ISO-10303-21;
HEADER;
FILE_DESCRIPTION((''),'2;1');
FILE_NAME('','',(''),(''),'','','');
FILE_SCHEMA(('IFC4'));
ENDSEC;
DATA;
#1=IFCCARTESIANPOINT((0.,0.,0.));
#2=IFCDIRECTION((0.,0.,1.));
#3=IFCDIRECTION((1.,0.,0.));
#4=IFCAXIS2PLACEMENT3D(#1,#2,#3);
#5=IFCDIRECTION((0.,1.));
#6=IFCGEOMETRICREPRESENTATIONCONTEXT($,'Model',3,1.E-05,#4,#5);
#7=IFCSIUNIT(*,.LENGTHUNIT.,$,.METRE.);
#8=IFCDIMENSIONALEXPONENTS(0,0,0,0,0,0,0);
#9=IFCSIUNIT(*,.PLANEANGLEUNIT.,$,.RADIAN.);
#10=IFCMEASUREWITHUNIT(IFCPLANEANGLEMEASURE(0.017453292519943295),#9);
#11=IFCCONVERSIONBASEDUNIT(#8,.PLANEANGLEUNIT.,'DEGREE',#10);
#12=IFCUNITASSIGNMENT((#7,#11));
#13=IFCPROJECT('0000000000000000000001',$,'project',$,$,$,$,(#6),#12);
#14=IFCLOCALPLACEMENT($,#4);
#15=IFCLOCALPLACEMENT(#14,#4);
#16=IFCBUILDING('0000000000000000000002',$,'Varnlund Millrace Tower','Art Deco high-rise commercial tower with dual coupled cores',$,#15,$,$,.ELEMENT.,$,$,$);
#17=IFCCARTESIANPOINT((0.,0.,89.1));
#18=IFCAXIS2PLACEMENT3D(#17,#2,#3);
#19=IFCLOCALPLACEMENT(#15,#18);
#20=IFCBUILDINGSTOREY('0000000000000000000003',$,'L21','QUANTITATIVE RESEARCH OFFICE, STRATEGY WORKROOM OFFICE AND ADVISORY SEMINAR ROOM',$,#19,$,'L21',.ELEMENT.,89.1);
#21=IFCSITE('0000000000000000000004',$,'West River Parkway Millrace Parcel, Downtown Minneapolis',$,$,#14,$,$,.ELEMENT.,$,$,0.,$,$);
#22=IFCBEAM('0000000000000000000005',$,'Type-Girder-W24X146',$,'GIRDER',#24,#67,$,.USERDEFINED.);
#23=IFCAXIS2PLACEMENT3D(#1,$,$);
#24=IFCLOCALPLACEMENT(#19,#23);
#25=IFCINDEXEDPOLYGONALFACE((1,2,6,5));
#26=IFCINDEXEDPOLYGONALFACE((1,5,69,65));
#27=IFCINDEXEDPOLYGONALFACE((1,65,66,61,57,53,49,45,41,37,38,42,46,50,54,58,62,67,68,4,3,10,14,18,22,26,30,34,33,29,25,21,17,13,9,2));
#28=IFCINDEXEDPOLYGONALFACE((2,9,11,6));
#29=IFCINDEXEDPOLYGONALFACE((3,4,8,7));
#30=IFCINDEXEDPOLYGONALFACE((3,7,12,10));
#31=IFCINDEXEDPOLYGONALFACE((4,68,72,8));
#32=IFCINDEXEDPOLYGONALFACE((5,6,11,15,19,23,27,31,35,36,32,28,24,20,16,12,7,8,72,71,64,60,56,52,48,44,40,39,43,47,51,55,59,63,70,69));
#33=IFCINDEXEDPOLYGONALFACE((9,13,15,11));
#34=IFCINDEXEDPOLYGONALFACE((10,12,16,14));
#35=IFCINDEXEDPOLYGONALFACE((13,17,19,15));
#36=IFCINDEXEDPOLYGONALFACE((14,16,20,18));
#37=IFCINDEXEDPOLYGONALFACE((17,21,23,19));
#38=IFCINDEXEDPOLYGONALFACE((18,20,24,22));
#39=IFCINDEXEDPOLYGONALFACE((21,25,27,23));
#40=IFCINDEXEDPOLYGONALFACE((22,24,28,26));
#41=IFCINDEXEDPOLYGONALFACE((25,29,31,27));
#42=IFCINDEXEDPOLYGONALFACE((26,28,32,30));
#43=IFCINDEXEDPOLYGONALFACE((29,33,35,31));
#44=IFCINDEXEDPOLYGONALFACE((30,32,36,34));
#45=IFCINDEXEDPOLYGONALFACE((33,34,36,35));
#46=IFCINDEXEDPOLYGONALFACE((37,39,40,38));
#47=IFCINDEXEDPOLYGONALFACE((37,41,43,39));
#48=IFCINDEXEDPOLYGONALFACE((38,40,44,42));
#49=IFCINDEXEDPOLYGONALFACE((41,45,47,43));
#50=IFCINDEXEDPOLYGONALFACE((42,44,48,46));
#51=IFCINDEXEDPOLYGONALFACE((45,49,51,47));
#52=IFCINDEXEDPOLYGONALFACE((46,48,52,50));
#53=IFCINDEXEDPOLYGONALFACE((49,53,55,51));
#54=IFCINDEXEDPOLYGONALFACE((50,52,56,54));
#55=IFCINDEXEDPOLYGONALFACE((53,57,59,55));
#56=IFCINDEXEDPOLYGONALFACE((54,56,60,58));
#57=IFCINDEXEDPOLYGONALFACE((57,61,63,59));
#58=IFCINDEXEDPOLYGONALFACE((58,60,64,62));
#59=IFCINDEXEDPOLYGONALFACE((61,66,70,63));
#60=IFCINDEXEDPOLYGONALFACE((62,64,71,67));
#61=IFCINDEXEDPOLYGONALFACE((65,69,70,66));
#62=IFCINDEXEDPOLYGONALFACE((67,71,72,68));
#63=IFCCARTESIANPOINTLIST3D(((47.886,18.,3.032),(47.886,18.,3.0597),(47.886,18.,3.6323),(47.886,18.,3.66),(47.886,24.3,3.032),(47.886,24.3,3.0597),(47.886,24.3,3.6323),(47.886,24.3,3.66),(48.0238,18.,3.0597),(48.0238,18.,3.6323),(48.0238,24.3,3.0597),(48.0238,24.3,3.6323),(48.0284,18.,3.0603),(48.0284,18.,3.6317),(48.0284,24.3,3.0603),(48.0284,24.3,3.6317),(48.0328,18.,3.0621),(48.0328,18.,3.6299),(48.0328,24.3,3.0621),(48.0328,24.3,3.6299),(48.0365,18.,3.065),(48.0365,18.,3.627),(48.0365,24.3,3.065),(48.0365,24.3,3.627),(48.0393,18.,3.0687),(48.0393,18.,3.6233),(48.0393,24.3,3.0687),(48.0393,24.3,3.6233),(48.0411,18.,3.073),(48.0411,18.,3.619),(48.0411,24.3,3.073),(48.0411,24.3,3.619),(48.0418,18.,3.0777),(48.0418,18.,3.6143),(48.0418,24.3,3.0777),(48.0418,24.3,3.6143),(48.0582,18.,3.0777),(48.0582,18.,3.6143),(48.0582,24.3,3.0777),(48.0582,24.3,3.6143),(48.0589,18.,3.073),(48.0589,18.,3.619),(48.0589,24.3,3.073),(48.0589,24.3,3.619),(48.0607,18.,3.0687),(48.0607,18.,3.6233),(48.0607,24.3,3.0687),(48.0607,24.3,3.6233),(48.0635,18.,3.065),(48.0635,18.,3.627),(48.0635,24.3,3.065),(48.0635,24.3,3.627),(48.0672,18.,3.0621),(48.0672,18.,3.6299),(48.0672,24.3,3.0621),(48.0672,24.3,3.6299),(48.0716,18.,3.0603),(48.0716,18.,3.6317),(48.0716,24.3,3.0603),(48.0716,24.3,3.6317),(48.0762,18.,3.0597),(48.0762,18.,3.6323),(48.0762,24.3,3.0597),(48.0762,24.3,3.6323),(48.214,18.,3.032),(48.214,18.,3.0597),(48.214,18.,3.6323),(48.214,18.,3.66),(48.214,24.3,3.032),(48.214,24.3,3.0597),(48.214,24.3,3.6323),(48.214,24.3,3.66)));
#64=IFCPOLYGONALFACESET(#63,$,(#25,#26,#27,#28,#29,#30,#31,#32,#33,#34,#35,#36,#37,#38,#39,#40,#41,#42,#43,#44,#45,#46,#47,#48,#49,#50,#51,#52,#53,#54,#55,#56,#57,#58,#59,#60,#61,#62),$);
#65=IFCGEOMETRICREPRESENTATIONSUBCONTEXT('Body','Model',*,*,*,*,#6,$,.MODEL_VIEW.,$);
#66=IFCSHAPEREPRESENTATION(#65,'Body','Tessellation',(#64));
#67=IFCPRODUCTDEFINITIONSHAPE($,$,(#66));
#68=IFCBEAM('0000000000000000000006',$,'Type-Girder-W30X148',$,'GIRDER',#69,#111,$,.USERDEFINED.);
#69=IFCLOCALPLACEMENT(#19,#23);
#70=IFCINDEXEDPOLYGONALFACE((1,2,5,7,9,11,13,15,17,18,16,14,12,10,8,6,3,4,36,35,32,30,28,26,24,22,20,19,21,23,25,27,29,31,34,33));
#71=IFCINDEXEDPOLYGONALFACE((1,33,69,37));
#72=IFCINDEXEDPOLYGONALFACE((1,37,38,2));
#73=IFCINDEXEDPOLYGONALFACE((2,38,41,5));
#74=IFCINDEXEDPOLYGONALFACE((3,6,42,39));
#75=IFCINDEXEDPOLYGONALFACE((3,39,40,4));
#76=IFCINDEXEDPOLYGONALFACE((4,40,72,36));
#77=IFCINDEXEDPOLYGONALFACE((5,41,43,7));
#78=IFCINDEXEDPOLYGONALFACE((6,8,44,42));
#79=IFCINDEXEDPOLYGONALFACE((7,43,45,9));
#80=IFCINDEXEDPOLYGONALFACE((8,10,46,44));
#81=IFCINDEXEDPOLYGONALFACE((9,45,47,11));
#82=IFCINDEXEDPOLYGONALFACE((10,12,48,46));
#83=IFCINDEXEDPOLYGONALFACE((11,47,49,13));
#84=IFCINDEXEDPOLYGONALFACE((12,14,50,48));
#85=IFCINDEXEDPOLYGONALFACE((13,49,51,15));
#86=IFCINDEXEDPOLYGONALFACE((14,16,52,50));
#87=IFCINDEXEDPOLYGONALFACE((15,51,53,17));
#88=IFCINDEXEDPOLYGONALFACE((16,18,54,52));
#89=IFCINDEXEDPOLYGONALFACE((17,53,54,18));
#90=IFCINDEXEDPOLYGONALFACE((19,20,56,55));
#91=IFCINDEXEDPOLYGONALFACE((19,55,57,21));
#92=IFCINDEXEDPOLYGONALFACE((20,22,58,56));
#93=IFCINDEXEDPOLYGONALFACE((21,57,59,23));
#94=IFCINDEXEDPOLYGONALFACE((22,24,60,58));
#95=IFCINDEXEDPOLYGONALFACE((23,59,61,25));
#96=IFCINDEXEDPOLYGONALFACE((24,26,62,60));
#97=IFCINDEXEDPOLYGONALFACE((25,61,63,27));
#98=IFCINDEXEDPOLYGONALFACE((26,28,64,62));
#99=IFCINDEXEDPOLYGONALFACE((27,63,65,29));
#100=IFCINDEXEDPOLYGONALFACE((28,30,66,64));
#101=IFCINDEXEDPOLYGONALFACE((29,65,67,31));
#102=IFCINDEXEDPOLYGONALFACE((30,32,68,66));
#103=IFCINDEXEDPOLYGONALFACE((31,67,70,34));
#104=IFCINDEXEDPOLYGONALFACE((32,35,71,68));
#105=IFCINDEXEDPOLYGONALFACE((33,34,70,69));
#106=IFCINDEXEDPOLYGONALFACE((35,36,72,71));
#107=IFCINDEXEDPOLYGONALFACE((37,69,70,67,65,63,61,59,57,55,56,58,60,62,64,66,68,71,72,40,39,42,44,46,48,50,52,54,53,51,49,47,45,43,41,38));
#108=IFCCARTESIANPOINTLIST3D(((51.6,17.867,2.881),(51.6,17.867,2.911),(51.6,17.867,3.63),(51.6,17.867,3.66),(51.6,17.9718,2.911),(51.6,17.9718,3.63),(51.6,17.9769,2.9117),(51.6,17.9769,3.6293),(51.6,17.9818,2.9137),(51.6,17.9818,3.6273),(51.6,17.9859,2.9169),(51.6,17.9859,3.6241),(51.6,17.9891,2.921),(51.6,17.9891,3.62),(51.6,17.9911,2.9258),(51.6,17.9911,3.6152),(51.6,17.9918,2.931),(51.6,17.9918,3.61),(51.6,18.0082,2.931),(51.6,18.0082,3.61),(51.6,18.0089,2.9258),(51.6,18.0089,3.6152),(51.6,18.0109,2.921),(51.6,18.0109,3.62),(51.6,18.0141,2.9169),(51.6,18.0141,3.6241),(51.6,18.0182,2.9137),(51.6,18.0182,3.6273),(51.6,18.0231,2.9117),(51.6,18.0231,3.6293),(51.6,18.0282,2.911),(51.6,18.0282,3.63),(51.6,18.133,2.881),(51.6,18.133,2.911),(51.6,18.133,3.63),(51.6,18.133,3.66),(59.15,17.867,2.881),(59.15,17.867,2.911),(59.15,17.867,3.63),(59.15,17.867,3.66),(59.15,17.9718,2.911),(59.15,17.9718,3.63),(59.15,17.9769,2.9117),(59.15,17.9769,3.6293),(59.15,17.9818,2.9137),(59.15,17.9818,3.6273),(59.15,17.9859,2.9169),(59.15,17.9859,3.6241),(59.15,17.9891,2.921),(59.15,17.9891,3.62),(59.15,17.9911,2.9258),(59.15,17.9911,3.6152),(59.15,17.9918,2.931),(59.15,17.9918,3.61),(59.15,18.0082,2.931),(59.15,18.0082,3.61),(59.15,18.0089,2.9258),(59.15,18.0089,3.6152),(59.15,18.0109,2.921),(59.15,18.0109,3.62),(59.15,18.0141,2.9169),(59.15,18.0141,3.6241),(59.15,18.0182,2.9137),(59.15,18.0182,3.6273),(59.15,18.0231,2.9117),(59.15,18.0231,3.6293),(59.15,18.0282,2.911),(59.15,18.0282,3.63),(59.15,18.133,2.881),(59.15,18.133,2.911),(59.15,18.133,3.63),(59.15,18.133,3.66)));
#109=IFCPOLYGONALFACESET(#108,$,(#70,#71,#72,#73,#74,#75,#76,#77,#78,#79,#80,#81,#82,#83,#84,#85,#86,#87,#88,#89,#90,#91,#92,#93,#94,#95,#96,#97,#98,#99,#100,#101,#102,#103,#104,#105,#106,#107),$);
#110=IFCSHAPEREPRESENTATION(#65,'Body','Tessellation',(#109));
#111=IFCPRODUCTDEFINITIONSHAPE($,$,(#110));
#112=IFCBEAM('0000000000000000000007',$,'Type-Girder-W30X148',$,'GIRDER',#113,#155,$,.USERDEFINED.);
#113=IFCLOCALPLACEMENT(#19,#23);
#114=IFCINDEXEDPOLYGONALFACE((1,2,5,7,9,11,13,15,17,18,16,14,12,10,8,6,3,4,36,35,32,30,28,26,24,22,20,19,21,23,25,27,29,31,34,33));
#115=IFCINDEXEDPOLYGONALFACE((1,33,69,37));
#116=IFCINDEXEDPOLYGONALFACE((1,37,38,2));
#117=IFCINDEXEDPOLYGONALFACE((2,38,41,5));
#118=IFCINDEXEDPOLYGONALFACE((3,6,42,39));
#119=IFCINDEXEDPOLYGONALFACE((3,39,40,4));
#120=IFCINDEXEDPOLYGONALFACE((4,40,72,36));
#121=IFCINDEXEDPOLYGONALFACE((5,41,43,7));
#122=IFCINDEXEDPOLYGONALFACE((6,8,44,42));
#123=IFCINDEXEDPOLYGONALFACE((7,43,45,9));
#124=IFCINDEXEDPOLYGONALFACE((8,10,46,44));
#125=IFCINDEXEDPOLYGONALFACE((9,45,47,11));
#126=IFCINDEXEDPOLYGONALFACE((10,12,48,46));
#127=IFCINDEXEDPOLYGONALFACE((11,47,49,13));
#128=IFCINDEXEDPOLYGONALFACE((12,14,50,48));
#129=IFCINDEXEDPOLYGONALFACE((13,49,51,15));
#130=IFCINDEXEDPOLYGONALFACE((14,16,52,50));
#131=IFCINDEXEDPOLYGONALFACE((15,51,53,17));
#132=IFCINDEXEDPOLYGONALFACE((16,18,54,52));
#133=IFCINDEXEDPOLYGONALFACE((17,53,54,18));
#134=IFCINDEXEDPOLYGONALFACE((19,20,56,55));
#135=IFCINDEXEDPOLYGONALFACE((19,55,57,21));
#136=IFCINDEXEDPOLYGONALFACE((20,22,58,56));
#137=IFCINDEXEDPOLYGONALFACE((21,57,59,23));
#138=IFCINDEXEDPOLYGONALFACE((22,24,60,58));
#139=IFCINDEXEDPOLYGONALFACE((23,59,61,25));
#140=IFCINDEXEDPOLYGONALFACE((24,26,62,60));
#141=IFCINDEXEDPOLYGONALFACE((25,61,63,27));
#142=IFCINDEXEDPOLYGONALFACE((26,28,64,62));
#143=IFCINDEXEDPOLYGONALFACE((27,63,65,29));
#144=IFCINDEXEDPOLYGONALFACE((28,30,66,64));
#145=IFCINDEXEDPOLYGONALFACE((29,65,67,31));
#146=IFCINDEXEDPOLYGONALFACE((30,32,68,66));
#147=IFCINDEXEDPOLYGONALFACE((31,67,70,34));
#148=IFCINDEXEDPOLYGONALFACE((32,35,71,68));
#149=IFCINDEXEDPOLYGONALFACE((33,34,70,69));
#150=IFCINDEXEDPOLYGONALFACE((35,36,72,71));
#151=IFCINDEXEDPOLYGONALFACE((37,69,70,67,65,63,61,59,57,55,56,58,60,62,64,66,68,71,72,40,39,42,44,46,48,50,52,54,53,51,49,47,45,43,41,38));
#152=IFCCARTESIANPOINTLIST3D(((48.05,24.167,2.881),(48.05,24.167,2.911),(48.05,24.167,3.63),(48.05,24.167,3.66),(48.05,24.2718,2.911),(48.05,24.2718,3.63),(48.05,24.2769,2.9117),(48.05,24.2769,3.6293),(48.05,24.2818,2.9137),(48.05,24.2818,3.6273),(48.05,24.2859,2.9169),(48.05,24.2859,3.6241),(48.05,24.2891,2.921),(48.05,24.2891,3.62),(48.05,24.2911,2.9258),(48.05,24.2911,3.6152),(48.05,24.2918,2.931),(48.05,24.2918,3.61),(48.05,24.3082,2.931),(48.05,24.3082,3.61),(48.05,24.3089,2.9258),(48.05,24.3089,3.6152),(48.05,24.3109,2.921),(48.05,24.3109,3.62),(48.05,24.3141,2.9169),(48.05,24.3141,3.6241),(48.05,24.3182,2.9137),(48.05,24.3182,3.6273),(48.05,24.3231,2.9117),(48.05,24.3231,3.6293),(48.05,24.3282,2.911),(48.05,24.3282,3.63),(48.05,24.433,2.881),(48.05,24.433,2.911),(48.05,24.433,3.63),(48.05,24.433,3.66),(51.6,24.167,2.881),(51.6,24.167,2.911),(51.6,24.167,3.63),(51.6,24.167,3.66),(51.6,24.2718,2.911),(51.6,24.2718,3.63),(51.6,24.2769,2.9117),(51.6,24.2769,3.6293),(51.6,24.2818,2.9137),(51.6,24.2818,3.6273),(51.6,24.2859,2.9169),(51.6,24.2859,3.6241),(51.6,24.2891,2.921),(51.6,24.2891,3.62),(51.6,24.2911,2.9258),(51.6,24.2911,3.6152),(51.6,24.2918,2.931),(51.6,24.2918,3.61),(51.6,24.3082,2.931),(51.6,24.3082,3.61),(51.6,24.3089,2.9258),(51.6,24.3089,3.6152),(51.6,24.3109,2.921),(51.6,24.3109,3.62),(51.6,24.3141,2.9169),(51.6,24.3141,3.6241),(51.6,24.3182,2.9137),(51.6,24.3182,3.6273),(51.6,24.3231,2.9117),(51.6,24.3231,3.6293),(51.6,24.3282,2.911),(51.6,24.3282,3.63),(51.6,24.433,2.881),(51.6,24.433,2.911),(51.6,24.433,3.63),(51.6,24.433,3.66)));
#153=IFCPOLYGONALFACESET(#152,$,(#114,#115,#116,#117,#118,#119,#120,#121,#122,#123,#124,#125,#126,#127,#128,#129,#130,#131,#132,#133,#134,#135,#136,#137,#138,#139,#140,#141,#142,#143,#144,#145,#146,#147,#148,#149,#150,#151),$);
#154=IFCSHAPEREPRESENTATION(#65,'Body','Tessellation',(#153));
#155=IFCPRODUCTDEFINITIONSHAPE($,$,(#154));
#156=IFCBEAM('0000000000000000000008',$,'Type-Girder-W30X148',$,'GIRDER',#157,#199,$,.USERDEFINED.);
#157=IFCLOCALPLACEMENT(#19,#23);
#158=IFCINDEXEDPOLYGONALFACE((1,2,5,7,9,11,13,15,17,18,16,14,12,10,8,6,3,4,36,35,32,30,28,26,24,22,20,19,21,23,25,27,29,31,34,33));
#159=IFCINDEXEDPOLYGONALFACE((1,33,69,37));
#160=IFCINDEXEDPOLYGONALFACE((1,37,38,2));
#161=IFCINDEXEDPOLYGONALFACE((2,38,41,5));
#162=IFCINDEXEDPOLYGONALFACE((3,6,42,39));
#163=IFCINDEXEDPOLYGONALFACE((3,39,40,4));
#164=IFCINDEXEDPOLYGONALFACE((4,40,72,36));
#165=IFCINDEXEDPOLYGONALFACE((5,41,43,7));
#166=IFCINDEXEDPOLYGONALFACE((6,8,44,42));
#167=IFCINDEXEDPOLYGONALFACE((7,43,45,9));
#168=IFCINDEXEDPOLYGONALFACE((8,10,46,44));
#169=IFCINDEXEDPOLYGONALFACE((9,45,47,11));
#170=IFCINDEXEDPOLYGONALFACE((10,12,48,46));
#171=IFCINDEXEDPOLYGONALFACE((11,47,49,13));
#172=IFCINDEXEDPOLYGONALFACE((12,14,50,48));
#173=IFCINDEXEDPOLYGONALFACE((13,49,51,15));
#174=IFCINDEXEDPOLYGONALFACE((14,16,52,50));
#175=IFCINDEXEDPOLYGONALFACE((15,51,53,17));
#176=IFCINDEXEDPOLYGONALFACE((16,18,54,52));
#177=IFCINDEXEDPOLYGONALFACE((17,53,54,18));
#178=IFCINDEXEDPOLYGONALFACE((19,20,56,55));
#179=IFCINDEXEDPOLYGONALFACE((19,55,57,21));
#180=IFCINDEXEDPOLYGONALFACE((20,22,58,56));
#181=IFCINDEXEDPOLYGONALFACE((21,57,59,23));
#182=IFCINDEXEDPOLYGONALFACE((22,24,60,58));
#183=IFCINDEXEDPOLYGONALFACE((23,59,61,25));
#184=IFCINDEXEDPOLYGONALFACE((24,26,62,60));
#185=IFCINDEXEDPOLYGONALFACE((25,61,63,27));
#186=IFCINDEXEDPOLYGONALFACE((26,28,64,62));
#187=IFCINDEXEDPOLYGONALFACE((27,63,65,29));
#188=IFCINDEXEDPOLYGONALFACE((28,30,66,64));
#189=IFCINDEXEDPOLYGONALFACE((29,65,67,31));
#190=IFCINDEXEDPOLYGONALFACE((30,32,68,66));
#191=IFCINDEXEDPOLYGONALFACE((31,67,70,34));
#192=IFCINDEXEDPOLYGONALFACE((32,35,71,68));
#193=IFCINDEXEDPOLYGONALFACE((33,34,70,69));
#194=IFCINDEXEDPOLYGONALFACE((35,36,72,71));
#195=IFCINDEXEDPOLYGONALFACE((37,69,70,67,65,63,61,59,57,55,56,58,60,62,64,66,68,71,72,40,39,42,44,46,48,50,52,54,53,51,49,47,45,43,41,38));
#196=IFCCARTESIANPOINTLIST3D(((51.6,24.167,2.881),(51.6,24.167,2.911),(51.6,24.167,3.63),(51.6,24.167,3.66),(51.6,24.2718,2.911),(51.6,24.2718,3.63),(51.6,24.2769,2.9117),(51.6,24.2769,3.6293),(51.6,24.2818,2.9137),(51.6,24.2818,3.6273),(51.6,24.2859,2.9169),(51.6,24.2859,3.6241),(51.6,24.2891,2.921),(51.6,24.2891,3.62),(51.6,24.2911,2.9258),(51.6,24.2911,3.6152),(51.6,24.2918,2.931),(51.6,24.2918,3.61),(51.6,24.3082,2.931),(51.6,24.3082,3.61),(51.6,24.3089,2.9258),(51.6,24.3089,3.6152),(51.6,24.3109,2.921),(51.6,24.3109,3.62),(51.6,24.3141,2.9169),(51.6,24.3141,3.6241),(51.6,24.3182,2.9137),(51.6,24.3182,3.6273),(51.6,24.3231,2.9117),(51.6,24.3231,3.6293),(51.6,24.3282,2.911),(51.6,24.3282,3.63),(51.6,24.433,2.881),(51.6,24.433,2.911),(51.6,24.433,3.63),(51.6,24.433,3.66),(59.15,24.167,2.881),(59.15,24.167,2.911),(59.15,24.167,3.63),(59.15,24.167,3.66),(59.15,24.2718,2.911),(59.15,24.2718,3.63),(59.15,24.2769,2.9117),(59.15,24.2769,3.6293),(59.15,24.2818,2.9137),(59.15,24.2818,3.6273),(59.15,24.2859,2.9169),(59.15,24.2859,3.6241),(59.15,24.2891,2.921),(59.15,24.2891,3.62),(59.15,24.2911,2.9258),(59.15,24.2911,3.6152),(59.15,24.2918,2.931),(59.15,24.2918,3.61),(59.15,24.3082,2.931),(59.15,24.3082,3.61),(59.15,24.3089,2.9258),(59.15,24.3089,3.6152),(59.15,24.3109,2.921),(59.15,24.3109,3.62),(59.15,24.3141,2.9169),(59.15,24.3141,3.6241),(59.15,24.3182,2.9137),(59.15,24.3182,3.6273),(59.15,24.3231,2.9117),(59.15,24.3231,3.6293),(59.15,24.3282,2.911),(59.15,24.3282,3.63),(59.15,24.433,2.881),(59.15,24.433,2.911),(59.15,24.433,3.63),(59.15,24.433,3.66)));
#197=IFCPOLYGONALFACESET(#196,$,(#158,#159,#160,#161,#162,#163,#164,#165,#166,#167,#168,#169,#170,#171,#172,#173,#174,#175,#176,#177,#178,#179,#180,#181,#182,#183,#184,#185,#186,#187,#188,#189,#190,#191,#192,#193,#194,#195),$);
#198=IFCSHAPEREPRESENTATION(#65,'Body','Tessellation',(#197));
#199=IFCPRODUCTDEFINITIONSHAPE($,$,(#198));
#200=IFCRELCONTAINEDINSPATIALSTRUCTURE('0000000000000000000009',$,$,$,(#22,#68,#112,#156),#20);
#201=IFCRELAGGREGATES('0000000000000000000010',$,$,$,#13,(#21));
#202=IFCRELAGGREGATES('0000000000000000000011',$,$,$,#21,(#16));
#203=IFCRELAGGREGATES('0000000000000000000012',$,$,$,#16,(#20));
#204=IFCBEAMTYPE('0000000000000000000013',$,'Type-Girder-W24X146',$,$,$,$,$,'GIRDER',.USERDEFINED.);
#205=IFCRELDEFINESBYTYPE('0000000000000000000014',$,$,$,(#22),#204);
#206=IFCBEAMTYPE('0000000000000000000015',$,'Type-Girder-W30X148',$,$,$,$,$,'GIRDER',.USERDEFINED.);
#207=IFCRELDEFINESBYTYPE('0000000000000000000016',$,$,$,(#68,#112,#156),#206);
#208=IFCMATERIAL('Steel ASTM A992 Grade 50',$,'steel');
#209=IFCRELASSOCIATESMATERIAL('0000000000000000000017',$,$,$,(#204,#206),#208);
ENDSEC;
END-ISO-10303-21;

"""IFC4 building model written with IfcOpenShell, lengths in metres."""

from ifc_helpers import new_model, entity, si_unit, converted_unit, direction, frame, origin_with_axes, origin_2d_with_axis, place, context, subcontext, project, spatial, i_section, extrude, material, material_profile, profile_set, type_object, element, save


model = new_model("IFC4")

# Units and contexts
model_context = context("Model", 3, precision=1e-05, world=origin_with_axes(), true_north=direction((0.0, 1.0)))
body_context = subcontext(model_context, "Body", "Model", "MODEL_VIEW")
ifc_project = project(units=[si_unit("LENGTHUNIT", "METRE"), converted_unit("PLANEANGLEUNIT", "DEGREE", entity("IfcPlaneAngleMeasure", 0.017453292519943295), si_unit("PLANEANGLEUNIT", "RADIAN"), dimensions=[0, 0, 0, 0, 0, 0, 0])], contexts=[model_context])

# Site, building, storey
site_placement = place(None, origin_with_axes())
site = spatial("IfcSite", under=ifc_project, at=site_placement, Name="West River Parkway Millrace Parcel, Downtown Minneapolis", CompositionType="ELEMENT", RefElevation=0.0)
building_placement = place(site_placement, origin_with_axes())
building = spatial("IfcBuilding", under=site, at=building_placement, Name="Varnlund Millrace Tower", Description="Art Deco high-rise commercial tower with dual coupled cores", CompositionType="ELEMENT")
storey_placement = place(building_placement, frame((0.0, 0.0, 89.1), z_axis=(0.0, 0.0, 1.0), x_axis=(1.0, 0.0, 0.0)))
storey = spatial("IfcBuildingStorey", under=building, at=storey_placement, Name="L21", Description="QUANTITATIVE RESEARCH OFFICE, STRATEGY WORKROOM OFFICE AND ADVISORY SEMINAR ROOM", LongName="L21", CompositionType="ELEMENT", Elevation=89.1)

# Beams
ifc_material_1 = material(Name="Steel ASTM A992 Grade 50", Category="steel")
ifc_material_profile_1 = material_profile(ifc_material_1, i_section(OverallWidth=0.328, OverallDepth=0.628, WebThickness=0.0165, FlangeThickness=0.0277, FilletRadius=0.018, at=origin_2d_with_axis()), Name="Steel ASTM A992 Grade 50")
ifc_profile_set_1 = profile_set([ifc_material_profile_1], Name="Steel ASTM A992 Grade 50")
beam_type_1 = type_object("IfcBeamType", Name="Type-Girder-W24X146", ElementType="GIRDER", PredefinedType="USERDEFINED", material=ifc_profile_set_1)
beam_1_placement = place(storey_placement, frame((48.05, 18.0, 3.346), z_axis=(0.0, 1.0, 0.0), x_axis=(-1.0, 0.0, 0.0)))
element("IfcBeam", 1, at=beam_1_placement, inside=storey, type_object=beam_type_1, Name="Type-Girder-W24X146", ObjectType="GIRDER", PredefinedType="USERDEFINED", context=body_context, shape_type="SweptSolid", body=[
    extrude(i_section(OverallWidth=0.328, OverallDepth=0.628, WebThickness=0.0165, FlangeThickness=0.0277, FilletRadius=0.018, at=origin_2d_with_axis()), origin_with_axes(), (0.0, 0.0, 1.0), 6.3),
])
ifc_material_profile_2 = material_profile(ifc_material_1, i_section(OverallWidth=0.266, OverallDepth=0.779, WebThickness=0.0165, FlangeThickness=0.03, FilletRadius=0.02, at=origin_2d_with_axis()), Name="Steel ASTM A992 Grade 50")
ifc_profile_set_2 = profile_set([ifc_material_profile_2], Name="Steel ASTM A992 Grade 50")
beam_type_2 = type_object("IfcBeamType", Name="Type-Girder-W30X148", ElementType="GIRDER", PredefinedType="USERDEFINED", material=ifc_profile_set_2)
beam_2_placement = place(storey_placement, frame((51.6, 18.0, 3.2705), z_axis=(1.0, 0.0, 0.0), x_axis=(0.0, 1.0, 0.0)))
element("IfcBeam", 2, at=beam_2_placement, inside=storey, type_object=beam_type_2, Name="Type-Girder-W30X148", ObjectType="GIRDER", PredefinedType="USERDEFINED", context=body_context, shape_type="SweptSolid", body=[
    extrude(i_section(OverallWidth=0.266, OverallDepth=0.779, WebThickness=0.0165, FlangeThickness=0.03, FilletRadius=0.02, at=origin_2d_with_axis()), origin_with_axes(), (0.0, 0.0, 1.0), 7.55),
])
beam_3_placement = place(storey_placement, frame((48.05, 24.3, 3.2705), z_axis=(1.0, 0.0, 0.0), x_axis=(0.0, 1.0, 0.0)))
element("IfcBeam", 3, at=beam_3_placement, inside=storey, type_object=beam_type_2, Name="Type-Girder-W30X148", ObjectType="GIRDER", PredefinedType="USERDEFINED", context=body_context, shape_type="SweptSolid", body=[
    extrude(i_section(OverallWidth=0.266, OverallDepth=0.779, WebThickness=0.0165, FlangeThickness=0.03, FilletRadius=0.02, at=origin_2d_with_axis()), origin_with_axes(), (0.0, 0.0, 1.0), 3.55),
])
beam_4_placement = place(storey_placement, frame((51.6, 24.3, 3.2705), z_axis=(1.0, 0.0, 0.0), x_axis=(0.0, 1.0, 0.0)))
element("IfcBeam", 4, at=beam_4_placement, inside=storey, type_object=beam_type_2, Name="Type-Girder-W30X148", ObjectType="GIRDER", PredefinedType="USERDEFINED", context=body_context, shape_type="SweptSolid", body=[
    extrude(i_section(OverallWidth=0.266, OverallDepth=0.779, WebThickness=0.0165, FlangeThickness=0.03, FilletRadius=0.02, at=origin_2d_with_axis()), origin_with_axes(), (0.0, 0.0, 1.0), 7.55),
])

save(model, "model.ifc")
